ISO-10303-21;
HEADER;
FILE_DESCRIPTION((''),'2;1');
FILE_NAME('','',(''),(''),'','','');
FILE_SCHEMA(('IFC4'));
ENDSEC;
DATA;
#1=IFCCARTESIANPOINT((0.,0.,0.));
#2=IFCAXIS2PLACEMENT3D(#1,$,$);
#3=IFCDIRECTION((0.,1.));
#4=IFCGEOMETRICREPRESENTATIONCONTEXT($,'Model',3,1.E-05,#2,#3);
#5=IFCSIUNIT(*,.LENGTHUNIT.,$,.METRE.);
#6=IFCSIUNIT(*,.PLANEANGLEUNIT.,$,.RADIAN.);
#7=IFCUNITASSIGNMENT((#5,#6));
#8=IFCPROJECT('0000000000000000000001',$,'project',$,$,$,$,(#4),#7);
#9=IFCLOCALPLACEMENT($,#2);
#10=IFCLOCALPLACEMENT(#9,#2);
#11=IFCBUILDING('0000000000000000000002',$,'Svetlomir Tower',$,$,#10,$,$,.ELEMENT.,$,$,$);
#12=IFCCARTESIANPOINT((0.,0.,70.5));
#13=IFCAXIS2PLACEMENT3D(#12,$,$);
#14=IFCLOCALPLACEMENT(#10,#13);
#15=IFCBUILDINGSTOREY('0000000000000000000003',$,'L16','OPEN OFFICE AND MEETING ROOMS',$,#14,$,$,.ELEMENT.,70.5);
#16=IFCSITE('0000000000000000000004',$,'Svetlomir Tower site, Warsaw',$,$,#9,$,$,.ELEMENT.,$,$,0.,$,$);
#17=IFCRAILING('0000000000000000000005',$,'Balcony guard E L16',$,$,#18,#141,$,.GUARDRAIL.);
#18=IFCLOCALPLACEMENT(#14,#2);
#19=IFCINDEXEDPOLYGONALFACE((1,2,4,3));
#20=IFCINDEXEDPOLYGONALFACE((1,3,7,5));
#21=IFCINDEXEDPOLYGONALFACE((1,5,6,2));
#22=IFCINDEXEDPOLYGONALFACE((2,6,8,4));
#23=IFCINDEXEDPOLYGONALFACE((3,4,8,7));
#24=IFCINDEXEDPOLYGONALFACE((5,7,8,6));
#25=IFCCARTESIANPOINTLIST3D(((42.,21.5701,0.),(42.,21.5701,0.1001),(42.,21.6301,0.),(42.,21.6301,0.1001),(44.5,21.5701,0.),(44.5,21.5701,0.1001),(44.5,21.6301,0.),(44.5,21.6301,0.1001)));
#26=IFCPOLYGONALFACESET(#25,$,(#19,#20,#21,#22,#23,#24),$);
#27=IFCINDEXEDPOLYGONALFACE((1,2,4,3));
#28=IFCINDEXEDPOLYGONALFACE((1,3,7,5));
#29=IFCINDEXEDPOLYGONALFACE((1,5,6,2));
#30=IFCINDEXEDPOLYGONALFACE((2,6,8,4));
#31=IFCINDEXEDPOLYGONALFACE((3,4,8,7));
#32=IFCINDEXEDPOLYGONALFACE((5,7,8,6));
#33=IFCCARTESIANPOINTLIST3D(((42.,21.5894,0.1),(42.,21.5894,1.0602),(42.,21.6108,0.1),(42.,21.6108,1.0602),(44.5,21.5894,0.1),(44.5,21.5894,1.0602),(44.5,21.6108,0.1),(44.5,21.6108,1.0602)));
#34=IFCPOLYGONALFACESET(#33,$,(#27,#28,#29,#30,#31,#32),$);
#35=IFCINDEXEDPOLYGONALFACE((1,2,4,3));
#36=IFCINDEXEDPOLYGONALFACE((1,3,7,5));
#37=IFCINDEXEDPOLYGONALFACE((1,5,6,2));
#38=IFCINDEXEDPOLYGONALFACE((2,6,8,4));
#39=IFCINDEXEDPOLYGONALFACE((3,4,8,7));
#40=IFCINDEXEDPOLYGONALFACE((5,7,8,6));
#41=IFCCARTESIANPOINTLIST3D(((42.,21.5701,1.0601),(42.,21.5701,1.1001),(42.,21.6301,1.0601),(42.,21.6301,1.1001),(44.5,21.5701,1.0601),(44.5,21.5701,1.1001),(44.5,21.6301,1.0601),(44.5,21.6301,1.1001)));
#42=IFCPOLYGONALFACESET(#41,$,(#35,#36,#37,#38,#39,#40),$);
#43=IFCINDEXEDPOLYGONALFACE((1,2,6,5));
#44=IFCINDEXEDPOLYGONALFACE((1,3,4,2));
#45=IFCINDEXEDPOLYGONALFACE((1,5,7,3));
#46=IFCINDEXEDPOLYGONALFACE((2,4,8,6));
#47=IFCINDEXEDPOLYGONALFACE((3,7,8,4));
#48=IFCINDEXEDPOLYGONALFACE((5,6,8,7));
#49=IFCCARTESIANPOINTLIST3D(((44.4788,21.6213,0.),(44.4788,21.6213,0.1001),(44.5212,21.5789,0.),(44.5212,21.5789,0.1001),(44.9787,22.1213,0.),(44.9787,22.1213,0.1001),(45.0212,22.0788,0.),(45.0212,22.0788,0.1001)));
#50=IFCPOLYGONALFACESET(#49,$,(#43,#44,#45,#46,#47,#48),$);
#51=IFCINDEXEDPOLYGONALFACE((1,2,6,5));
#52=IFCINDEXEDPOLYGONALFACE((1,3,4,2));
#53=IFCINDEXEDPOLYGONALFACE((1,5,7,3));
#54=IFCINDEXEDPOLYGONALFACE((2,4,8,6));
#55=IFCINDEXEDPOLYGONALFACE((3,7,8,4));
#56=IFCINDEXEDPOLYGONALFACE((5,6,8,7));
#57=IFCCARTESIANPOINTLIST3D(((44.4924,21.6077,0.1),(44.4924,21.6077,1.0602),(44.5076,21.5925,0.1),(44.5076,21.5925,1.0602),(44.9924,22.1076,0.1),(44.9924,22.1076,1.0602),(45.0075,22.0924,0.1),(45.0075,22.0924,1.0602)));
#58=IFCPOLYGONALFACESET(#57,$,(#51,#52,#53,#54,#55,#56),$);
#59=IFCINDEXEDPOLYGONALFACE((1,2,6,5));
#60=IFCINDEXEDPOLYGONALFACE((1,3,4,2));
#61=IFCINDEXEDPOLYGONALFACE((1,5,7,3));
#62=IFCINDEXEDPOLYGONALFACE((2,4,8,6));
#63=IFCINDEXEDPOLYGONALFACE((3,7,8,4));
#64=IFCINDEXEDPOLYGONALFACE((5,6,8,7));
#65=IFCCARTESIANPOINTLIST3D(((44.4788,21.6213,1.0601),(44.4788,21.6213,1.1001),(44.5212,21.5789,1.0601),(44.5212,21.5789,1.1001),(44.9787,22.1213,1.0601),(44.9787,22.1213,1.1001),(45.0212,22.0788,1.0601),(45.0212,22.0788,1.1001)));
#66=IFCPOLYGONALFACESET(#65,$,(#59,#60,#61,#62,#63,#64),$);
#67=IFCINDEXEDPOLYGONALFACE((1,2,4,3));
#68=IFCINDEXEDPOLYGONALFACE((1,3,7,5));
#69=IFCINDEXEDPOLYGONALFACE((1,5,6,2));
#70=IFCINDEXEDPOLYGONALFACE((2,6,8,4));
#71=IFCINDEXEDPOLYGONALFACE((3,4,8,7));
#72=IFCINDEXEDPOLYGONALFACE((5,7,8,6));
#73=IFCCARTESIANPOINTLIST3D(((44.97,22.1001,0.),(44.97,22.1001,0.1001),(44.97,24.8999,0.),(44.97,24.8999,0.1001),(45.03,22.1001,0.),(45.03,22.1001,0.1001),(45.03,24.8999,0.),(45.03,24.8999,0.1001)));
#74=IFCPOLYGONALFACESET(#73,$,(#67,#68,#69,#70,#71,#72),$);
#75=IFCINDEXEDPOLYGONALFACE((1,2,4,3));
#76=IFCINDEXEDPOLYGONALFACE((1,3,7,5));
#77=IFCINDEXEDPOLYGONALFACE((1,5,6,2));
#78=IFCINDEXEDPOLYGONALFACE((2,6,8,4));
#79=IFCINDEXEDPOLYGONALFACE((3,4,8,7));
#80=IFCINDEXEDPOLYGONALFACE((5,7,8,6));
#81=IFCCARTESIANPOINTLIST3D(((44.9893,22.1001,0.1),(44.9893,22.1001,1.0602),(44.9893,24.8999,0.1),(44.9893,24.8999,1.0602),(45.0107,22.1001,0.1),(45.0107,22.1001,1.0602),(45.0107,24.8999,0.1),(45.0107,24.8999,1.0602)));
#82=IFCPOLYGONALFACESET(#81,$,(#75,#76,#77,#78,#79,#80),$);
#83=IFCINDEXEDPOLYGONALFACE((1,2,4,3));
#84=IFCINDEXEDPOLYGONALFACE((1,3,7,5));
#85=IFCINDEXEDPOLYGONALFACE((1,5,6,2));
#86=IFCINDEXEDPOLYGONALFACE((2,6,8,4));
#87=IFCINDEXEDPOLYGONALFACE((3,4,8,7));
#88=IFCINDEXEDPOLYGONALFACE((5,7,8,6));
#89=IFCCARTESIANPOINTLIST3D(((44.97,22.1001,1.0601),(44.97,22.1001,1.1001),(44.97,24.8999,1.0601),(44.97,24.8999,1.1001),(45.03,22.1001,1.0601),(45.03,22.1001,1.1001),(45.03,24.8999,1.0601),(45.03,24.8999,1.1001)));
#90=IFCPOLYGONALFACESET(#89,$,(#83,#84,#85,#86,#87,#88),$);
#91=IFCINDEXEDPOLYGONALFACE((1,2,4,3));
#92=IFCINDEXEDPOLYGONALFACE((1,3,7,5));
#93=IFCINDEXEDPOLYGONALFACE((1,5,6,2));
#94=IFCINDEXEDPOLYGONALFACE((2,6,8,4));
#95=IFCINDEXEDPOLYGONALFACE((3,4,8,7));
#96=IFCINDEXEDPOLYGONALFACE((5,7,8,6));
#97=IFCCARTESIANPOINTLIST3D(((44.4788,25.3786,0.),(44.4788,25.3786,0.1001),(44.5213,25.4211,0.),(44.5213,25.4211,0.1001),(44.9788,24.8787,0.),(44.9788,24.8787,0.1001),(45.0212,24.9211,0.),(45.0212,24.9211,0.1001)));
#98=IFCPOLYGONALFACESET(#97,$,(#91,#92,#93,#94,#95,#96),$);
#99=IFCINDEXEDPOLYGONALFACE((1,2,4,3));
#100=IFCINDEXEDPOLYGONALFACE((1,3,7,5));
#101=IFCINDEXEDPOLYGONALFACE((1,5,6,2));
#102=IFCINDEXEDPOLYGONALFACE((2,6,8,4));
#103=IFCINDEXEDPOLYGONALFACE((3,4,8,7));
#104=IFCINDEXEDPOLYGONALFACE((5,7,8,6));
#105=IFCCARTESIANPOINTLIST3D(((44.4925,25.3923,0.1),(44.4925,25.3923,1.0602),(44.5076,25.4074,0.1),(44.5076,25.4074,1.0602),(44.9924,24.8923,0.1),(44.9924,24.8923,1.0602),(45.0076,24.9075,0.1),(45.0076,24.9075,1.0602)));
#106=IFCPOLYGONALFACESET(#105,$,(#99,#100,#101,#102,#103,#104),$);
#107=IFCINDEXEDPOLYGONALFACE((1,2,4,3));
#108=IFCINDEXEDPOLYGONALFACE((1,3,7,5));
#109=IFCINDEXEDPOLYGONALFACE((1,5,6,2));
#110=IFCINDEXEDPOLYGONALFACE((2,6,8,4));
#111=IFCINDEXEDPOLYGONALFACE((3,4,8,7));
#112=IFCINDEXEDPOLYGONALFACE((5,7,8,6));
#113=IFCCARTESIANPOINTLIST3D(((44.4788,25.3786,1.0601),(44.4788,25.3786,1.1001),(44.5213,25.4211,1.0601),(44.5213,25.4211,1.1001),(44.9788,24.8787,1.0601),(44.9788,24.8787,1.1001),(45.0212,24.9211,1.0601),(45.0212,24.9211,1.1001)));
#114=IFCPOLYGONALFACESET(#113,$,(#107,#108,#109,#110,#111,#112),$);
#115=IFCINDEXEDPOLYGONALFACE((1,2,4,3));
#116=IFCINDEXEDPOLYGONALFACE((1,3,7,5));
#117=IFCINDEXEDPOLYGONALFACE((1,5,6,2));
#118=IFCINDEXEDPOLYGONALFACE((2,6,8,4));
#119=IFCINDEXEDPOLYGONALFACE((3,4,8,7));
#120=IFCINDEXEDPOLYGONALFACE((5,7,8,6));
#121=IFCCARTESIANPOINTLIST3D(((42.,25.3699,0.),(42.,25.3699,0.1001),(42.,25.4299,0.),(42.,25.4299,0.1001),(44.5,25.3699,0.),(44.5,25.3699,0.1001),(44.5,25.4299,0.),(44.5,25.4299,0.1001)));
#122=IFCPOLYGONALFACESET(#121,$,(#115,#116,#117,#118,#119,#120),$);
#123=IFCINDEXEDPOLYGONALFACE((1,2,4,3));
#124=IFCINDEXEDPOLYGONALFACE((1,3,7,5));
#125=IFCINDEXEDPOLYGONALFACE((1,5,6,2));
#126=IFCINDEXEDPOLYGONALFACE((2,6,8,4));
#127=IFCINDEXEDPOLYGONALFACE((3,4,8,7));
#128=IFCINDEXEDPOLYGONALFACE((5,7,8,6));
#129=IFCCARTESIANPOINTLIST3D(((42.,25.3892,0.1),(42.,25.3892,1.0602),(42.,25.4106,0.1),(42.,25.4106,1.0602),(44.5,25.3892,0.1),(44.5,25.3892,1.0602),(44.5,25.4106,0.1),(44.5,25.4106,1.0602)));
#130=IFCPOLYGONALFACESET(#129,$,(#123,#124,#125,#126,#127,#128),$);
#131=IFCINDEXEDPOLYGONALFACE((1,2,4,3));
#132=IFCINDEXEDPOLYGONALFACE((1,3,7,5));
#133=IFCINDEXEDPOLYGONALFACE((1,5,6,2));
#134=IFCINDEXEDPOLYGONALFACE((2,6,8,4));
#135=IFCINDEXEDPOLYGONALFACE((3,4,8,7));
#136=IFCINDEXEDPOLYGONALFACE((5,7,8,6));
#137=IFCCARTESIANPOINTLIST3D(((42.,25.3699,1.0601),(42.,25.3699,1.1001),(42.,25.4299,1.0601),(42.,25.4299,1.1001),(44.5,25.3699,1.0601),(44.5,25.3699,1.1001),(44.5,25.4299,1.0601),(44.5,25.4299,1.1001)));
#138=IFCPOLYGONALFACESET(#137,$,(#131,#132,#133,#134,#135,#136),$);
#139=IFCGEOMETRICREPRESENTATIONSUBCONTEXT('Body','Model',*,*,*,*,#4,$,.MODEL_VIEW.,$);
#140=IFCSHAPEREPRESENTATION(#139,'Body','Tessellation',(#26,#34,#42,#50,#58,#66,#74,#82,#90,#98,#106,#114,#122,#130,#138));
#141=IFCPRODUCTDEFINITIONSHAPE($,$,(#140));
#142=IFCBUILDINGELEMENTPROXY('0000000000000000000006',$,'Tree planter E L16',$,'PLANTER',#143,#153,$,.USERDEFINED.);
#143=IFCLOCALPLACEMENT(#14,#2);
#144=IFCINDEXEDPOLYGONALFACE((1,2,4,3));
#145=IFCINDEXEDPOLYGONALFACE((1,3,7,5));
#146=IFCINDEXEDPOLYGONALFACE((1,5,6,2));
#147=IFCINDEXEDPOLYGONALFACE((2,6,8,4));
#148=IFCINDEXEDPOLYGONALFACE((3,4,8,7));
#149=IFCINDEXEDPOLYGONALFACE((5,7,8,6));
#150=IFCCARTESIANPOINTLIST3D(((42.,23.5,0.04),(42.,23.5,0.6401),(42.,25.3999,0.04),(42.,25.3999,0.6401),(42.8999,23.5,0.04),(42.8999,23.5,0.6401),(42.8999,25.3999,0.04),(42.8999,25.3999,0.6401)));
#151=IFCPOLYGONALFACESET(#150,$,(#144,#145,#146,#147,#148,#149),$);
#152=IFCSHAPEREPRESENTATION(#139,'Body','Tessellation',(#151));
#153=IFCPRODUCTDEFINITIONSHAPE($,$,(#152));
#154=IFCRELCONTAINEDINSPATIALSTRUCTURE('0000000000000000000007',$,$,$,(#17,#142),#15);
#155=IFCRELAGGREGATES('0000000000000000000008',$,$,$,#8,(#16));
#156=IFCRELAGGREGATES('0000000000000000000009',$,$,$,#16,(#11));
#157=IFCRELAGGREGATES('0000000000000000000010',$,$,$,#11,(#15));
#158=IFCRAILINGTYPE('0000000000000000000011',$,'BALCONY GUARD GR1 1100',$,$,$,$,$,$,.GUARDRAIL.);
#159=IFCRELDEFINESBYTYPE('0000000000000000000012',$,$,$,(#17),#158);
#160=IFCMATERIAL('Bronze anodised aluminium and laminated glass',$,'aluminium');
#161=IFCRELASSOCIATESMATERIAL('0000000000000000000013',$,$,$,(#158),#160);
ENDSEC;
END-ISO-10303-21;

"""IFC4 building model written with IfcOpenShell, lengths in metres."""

from ifc_helpers import new_model, si_unit, direction, frame, origin, origin_2d, place, context, subcontext, project, spatial, rectangle, extrude, material, type_object, element, save


model = new_model("IFC4")

# Units and contexts
model_context = context("Model", 3, precision=1e-05, world=origin(), true_north=direction((0.0, 1.0)))
body_context = subcontext(model_context, "Body", "Model", "MODEL_VIEW")
ifc_project = project(units=[si_unit("LENGTHUNIT", "METRE"), si_unit("PLANEANGLEUNIT", "RADIAN")], contexts=[model_context])

# Site, building, storey
site_placement = place(None, origin())
site = spatial("IfcSite", under=ifc_project, at=site_placement, Name="Svetlomir Tower site, Warsaw", CompositionType="ELEMENT", RefElevation=0.0)
building_placement = place(site_placement, origin())
building = spatial("IfcBuilding", under=site, at=building_placement, Name="Svetlomir Tower", CompositionType="ELEMENT")
storey_placement = place(building_placement, frame((0.0, 0.0, 70.5)))
storey = spatial("IfcBuildingStorey", under=building, at=storey_placement, Name="L16", Description="OPEN OFFICE AND MEETING ROOMS", CompositionType="ELEMENT", Elevation=70.5)

# Railing
ifc_material_1 = material(Name="Bronze anodised aluminium and laminated glass", Category="aluminium")
railing_type = type_object("IfcRailingType", Name="BALCONY GUARD GR1 1100", PredefinedType="GUARDRAIL", material=ifc_material_1)
railing_placement = place(storey_placement, frame((42.0, 21.6001, 0.0)))
element("IfcRailing", 1, at=railing_placement, inside=storey, type_object=railing_type, Name="Balcony guard E L16", PredefinedType="GUARDRAIL", context=body_context, shape_type="SweptSolid", body=[
    extrude(rectangle(XDim=0.0601, YDim=0.1001, at=origin_2d()), frame((0.0, 0.0, 0.05), z_axis=(1.0, 0.0, 0.0), x_axis=(0.0, 1.0, 0.0)), (0.0, 0.0, 1.0), 2.5),
    extrude(rectangle(XDim=0.0215, YDim=0.9602, at=origin_2d()), frame((0.0, 0.0, 0.5801), z_axis=(1.0, 0.0, 0.0), x_axis=(0.0, 1.0, 0.0)), (0.0, 0.0, 1.0), 2.5),
    extrude(rectangle(XDim=0.0601, YDim=0.04, at=origin_2d()), frame((0.0, 0.0, 1.0801), z_axis=(1.0, 0.0, 0.0), x_axis=(0.0, 1.0, 0.0)), (0.0, 0.0, 1.0), 2.5),
    extrude(rectangle(XDim=0.0601, YDim=0.1001, at=origin_2d()), frame((2.5, 0.0, 0.05), z_axis=(0.707107, 0.707107, 0.0), x_axis=(-0.707107, 0.707107, 0.0)), (0.0, 0.0, 1.0), 0.707),
    extrude(rectangle(XDim=0.0215, YDim=0.9602, at=origin_2d()), frame((2.5, 0.0, 0.5801), z_axis=(0.707107, 0.707107, 0.0), x_axis=(-0.707107, 0.707107, 0.0)), (0.0, 0.0, 1.0), 0.707),
    extrude(rectangle(XDim=0.0601, YDim=0.04, at=origin_2d()), frame((2.5, 0.0, 1.0801), z_axis=(0.707107, 0.707107, 0.0), x_axis=(-0.707107, 0.707107, 0.0)), (0.0, 0.0, 1.0), 0.707),
    extrude(rectangle(XDim=0.0601, YDim=0.1001, at=origin_2d()), frame((3.0, 0.5, 0.05), z_axis=(0.0, 1.0, 0.0), x_axis=(-1.0, 0.0, 0.0)), (0.0, 0.0, 1.0), 2.7998),
    extrude(rectangle(XDim=0.0215, YDim=0.9602, at=origin_2d()), frame((3.0, 0.5, 0.5801), z_axis=(0.0, 1.0, 0.0), x_axis=(-1.0, 0.0, 0.0)), (0.0, 0.0, 1.0), 2.7998),
    extrude(rectangle(XDim=0.0601, YDim=0.04, at=origin_2d()), frame((3.0, 0.5, 1.0801), z_axis=(0.0, 1.0, 0.0), x_axis=(-1.0, 0.0, 0.0)), (0.0, 0.0, 1.0), 2.7998),
    extrude(rectangle(XDim=0.0601, YDim=0.1001, at=origin_2d()), frame((3.0, 3.2998, 0.05), z_axis=(-0.707107, 0.707107, 0.0), x_axis=(-0.707107, -0.707107, 0.0)), (0.0, 0.0, 1.0), 0.707),
    extrude(rectangle(XDim=0.0215, YDim=0.9602, at=origin_2d()), frame((3.0, 3.2998, 0.5801), z_axis=(-0.707107, 0.707107, 0.0), x_axis=(-0.707107, -0.707107, 0.0)), (0.0, 0.0, 1.0), 0.707),
    extrude(rectangle(XDim=0.0601, YDim=0.04, at=origin_2d()), frame((3.0, 3.2998, 1.0801), z_axis=(-0.707107, 0.707107, 0.0), x_axis=(-0.707107, -0.707107, 0.0)), (0.0, 0.0, 1.0), 0.707),
    extrude(rectangle(XDim=0.0601, YDim=0.1001, at=origin_2d()), frame((2.5, 3.7998, 0.05), z_axis=(-1.0, 0.0, 0.0), x_axis=(0.0, -1.0, 0.0)), (0.0, 0.0, 1.0), 2.5),
    extrude(rectangle(XDim=0.0215, YDim=0.9602, at=origin_2d()), frame((2.5, 3.7998, 0.5801), z_axis=(-1.0, 0.0, 0.0), x_axis=(0.0, -1.0, 0.0)), (0.0, 0.0, 1.0), 2.5),
    extrude(rectangle(XDim=0.0601, YDim=0.04, at=origin_2d()), frame((2.5, 3.7998, 1.0801), z_axis=(-1.0, 0.0, 0.0), x_axis=(0.0, -1.0, 0.0)), (0.0, 0.0, 1.0), 2.5),
])

# Building element proxy
proxy_placement = place(storey_placement, frame((42.45, 24.45, 0.04), z_axis=(0.0, 0.0, 1.0), x_axis=(1.0, 0.0, 0.0)))
element("IfcBuildingElementProxy", 2, at=proxy_placement, inside=storey, Name="Tree planter E L16", ObjectType="PLANTER", PredefinedType="USERDEFINED", context=body_context, shape_type="SweptSolid", body=[
    extrude(rectangle(XDim=0.8999, YDim=1.8999, at=origin_2d()), origin(), (0.0, 0.0, 1.0), 0.6001),
])

save(model, "model.ifc")
